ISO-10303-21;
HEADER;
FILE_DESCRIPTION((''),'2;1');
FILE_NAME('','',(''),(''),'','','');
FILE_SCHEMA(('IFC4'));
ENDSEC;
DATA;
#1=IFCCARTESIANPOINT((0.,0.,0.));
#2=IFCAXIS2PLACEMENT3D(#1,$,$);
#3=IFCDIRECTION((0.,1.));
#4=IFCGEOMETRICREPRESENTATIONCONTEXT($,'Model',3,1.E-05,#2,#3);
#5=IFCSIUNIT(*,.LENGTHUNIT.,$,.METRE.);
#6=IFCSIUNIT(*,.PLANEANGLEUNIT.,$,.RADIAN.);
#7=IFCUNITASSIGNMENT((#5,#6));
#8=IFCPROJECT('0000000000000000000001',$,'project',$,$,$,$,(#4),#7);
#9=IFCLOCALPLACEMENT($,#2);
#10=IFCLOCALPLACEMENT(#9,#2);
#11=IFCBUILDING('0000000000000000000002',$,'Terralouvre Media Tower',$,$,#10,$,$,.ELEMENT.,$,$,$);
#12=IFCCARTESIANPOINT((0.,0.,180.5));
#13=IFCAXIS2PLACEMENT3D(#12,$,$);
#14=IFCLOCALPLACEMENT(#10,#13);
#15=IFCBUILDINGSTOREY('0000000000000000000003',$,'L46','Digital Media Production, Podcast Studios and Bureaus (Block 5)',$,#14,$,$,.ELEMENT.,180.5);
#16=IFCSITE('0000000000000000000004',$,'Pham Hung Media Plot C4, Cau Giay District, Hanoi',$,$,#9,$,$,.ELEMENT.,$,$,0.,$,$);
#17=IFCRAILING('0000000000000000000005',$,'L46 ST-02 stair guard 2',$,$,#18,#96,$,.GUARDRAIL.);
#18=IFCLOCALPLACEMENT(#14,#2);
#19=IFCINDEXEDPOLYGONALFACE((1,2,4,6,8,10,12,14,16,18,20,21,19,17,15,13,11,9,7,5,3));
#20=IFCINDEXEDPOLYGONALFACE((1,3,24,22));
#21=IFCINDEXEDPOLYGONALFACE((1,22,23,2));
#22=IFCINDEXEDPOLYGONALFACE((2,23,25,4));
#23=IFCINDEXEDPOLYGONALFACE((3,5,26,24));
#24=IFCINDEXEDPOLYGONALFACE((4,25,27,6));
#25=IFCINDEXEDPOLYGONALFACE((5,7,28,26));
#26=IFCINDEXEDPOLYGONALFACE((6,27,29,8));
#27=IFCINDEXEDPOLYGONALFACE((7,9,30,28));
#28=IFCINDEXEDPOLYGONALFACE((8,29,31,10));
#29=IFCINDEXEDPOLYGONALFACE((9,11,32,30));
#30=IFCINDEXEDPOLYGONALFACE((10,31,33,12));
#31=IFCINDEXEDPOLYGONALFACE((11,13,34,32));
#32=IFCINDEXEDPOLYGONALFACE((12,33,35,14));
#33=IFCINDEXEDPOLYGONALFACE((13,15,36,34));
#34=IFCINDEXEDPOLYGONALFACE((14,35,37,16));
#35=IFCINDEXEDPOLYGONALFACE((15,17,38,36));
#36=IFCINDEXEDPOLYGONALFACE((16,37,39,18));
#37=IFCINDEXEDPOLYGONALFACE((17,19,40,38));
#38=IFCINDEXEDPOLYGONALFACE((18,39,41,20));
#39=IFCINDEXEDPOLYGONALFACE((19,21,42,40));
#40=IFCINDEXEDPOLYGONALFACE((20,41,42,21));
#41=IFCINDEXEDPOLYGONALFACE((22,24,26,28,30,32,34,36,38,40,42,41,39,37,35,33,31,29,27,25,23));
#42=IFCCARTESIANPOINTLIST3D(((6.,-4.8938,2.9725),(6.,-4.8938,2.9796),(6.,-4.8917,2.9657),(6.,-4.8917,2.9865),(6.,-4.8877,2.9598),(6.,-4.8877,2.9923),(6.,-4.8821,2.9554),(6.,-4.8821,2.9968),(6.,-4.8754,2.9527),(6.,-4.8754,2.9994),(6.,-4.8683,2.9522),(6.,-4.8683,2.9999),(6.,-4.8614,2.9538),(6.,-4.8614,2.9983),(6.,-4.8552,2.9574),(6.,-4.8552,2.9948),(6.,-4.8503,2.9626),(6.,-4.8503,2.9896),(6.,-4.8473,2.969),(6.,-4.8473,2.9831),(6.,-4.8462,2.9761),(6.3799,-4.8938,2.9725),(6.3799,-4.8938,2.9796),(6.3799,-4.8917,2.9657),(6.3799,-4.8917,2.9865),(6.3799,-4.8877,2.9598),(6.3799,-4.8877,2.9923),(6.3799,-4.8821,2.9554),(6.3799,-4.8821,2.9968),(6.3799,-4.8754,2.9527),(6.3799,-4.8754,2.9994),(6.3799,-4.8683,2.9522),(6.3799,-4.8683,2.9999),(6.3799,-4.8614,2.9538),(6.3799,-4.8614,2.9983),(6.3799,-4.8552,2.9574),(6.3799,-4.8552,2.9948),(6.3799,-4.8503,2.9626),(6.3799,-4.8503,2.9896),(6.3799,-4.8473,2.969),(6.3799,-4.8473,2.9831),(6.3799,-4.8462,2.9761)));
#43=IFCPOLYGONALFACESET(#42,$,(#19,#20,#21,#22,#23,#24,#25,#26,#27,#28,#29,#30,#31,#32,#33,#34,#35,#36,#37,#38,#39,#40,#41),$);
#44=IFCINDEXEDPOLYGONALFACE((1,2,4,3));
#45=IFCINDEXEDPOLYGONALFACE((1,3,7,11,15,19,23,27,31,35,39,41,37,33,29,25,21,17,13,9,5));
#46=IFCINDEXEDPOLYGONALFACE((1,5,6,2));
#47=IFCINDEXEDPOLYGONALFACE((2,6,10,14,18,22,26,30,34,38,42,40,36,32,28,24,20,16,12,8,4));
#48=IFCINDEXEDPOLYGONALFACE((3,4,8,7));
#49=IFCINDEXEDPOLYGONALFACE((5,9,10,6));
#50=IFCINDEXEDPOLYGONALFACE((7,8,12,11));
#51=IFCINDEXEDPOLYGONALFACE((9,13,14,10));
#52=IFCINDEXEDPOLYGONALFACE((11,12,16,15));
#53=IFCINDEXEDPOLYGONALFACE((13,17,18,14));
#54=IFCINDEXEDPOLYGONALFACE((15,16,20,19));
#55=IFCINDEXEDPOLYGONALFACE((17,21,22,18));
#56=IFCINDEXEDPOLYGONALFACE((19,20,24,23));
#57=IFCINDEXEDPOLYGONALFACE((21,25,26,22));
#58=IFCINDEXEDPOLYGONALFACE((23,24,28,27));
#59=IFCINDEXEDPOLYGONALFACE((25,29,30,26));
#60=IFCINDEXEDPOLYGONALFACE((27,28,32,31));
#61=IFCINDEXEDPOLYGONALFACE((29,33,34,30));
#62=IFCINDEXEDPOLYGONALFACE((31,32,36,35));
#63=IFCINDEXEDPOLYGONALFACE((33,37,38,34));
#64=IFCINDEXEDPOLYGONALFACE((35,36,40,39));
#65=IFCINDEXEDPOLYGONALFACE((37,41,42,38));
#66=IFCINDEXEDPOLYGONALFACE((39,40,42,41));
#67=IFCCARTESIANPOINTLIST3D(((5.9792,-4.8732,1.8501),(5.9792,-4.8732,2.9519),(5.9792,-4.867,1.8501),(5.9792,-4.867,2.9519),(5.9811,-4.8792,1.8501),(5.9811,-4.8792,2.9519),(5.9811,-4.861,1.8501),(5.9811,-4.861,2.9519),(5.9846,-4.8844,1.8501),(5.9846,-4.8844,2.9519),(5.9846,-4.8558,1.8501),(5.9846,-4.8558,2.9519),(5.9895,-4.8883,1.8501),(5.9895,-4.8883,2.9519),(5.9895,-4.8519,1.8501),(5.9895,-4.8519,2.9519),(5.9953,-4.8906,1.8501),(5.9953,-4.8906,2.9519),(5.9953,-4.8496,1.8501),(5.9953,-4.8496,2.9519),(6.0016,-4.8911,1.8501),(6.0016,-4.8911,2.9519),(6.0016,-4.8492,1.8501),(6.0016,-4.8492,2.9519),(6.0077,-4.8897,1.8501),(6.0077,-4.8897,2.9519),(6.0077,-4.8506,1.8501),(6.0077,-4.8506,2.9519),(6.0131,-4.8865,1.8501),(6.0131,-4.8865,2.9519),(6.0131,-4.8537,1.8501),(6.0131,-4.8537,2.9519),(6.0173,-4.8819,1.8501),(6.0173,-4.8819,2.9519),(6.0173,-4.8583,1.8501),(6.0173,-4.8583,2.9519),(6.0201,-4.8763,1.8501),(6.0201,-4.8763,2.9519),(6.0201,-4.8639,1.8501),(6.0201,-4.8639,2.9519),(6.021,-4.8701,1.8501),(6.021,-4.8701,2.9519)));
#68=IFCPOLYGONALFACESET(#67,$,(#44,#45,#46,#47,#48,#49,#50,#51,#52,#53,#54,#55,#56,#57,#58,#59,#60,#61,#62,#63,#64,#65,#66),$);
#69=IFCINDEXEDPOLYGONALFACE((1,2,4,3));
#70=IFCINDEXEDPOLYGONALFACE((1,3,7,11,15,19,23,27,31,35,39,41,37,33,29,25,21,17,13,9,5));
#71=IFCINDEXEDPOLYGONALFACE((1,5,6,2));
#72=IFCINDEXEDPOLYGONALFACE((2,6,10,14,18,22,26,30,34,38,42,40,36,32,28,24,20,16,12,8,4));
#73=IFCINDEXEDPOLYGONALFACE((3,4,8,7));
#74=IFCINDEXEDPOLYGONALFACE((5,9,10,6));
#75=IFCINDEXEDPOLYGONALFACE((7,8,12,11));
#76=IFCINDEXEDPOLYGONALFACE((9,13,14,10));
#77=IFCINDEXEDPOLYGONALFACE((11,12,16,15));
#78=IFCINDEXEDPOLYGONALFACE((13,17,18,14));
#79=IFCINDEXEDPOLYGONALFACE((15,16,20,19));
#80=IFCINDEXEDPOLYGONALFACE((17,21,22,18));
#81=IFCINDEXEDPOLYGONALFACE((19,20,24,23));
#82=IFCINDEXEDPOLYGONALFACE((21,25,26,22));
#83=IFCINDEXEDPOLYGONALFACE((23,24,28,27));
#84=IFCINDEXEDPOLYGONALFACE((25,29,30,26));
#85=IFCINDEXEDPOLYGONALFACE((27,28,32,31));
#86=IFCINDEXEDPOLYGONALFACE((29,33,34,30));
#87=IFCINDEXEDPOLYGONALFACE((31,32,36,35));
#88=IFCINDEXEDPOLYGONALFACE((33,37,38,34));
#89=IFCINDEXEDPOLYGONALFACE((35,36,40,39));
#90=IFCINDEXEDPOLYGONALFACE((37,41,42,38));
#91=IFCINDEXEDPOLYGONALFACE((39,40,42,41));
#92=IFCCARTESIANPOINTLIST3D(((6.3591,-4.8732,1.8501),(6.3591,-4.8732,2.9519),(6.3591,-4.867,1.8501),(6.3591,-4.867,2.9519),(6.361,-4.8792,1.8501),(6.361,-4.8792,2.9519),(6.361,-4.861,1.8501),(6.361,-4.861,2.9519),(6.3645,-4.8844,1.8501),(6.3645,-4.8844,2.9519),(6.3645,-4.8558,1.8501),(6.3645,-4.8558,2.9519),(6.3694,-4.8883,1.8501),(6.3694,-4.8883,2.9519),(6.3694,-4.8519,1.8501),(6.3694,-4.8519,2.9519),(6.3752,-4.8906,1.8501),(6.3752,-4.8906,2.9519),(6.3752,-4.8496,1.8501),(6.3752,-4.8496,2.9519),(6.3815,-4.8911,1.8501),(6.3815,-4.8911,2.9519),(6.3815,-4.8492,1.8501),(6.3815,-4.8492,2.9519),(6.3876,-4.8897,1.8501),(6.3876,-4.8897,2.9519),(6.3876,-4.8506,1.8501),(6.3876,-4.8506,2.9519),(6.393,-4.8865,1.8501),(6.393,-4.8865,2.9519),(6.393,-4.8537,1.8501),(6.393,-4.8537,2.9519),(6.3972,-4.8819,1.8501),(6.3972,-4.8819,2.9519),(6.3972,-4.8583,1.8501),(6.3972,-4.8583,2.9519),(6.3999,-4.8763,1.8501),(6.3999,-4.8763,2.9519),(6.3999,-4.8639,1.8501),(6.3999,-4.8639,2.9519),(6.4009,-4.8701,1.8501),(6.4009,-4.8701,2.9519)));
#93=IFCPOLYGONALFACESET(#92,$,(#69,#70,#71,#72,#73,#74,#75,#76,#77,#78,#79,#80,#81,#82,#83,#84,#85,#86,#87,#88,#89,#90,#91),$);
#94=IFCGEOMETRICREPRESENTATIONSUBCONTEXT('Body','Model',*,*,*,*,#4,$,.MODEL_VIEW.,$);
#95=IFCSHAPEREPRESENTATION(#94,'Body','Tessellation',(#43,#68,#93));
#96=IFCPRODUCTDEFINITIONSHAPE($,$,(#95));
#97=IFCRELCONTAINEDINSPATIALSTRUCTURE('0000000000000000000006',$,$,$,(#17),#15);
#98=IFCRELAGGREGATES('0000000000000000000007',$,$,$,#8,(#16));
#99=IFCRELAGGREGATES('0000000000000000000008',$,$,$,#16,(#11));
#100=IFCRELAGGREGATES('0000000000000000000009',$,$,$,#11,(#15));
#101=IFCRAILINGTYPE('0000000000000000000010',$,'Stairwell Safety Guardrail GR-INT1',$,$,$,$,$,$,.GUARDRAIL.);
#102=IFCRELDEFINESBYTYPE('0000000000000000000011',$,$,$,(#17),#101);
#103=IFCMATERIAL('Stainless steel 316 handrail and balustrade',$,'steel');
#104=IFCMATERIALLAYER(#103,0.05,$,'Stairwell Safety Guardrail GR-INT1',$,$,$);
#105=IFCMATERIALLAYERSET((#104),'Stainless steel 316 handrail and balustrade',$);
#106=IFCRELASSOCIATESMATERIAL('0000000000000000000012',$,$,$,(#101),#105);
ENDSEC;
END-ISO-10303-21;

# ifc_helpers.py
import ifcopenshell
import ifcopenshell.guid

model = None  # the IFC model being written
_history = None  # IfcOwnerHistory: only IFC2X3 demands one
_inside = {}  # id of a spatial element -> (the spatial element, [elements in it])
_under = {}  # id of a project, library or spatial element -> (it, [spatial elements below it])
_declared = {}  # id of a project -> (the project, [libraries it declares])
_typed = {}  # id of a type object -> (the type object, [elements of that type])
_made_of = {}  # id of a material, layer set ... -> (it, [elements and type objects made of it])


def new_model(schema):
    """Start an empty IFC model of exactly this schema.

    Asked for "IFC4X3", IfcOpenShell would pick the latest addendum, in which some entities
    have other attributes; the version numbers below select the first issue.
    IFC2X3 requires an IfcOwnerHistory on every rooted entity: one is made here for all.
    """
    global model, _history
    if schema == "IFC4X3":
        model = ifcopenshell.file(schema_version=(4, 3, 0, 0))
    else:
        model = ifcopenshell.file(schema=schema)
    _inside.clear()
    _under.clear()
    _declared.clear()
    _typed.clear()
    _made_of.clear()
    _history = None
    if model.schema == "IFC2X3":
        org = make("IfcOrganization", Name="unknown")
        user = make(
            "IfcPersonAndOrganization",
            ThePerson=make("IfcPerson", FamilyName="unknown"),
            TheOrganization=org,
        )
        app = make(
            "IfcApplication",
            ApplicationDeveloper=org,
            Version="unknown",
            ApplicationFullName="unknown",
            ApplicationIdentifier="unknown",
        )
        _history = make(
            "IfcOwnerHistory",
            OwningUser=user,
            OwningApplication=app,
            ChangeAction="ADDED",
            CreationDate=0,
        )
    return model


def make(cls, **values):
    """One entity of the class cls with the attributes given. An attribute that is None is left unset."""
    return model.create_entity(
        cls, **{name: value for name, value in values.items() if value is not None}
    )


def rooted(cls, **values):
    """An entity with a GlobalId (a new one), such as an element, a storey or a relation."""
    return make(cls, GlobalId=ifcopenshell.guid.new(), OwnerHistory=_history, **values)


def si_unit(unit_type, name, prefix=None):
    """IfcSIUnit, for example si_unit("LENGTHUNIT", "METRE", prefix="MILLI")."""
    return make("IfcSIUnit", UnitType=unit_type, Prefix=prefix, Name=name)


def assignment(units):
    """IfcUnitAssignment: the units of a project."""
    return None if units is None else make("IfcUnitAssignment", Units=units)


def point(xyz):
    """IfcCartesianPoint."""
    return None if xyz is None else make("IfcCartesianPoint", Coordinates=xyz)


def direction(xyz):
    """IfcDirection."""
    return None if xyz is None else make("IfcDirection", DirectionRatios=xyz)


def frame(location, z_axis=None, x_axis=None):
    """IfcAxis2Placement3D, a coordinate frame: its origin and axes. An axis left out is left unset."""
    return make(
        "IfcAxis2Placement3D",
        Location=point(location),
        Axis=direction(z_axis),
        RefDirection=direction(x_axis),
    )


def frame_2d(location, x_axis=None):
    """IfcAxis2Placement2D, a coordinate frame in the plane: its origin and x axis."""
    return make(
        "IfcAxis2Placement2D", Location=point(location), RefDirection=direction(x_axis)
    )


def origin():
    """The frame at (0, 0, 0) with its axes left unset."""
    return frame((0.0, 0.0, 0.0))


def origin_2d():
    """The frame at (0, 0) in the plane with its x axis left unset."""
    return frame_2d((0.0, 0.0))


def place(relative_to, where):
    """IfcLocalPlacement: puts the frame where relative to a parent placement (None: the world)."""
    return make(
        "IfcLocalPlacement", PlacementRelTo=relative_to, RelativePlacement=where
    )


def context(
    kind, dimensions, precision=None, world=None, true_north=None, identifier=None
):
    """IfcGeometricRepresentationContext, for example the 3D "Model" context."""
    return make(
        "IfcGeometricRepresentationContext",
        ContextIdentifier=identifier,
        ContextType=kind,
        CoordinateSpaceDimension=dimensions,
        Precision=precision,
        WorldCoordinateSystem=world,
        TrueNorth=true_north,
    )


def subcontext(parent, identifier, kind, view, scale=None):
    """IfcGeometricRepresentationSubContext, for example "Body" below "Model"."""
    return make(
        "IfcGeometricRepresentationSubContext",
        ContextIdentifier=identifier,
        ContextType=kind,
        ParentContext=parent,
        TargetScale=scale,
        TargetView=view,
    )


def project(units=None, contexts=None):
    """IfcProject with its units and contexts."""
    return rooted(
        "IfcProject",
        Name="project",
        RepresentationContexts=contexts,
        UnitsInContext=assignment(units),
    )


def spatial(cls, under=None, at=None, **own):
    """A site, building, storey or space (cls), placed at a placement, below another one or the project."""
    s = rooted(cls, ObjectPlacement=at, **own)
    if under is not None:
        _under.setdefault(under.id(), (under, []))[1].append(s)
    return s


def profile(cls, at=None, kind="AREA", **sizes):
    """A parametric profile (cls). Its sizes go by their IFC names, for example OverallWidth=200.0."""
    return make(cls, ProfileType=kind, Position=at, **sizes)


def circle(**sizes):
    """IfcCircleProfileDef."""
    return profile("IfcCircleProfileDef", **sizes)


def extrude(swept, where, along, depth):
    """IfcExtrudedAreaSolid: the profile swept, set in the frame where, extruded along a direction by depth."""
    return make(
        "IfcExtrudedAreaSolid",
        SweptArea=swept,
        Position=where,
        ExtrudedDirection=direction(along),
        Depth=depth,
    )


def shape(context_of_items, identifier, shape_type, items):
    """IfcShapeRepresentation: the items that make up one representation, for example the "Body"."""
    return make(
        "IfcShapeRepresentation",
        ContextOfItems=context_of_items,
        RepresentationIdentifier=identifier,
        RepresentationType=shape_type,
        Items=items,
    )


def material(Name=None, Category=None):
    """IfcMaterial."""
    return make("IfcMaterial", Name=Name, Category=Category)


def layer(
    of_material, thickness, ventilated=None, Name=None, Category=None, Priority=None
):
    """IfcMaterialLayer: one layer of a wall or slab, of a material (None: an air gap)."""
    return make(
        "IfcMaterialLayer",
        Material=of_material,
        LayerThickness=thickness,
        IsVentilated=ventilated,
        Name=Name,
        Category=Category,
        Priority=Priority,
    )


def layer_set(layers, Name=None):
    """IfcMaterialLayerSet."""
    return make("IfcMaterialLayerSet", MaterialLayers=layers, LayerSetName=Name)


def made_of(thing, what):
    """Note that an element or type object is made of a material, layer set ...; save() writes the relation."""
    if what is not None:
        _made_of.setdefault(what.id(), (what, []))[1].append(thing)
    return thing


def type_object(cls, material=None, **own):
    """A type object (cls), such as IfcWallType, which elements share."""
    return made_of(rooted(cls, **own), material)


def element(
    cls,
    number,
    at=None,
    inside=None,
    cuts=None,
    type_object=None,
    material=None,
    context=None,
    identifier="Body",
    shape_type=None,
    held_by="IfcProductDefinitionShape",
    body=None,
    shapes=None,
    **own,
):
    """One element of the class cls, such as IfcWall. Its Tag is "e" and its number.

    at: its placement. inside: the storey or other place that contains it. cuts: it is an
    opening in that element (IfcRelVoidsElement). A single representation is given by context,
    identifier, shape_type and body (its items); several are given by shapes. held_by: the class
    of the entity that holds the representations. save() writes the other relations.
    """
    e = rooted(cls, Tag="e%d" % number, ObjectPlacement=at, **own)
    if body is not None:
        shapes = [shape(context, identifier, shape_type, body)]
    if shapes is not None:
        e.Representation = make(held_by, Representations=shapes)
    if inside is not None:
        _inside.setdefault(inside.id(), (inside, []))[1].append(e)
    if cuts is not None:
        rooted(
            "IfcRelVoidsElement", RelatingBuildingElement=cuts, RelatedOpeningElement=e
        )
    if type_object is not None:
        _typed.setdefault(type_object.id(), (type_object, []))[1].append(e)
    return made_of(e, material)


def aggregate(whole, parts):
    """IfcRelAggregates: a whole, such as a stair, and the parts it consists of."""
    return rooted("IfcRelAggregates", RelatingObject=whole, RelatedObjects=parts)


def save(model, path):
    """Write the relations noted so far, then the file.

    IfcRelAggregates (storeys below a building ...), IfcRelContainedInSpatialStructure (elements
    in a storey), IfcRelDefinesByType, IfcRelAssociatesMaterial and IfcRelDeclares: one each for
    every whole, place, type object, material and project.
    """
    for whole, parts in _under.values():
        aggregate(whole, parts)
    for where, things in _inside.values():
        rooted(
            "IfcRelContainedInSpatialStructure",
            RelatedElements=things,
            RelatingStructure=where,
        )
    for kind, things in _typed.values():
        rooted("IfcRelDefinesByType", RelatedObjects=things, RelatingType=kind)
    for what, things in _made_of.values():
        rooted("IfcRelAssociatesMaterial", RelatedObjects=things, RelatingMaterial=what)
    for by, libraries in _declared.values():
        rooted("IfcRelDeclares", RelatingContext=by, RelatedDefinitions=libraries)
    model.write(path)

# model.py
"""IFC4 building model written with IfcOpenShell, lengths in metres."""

from ifc_helpers import new_model, si_unit, direction, frame, origin, origin_2d, place, context, subcontext, project, spatial, circle, extrude, material, layer, layer_set, type_object, element, save


model = new_model("IFC4")

# Units and contexts
model_context = context("Model", 3, precision=1e-05, world=origin(), true_north=direction((0.0, 1.0)))
body_context = subcontext(model_context, "Body", "Model", "MODEL_VIEW")
ifc_project = project(units=[si_unit("LENGTHUNIT", "METRE"), si_unit("PLANEANGLEUNIT", "RADIAN")], contexts=[model_context])

# Site, building, storey
site_placement = place(None, origin())
site = spatial("IfcSite", under=ifc_project, at=site_placement, Name="Pham Hung Media Plot C4, Cau Giay District, Hanoi", CompositionType="ELEMENT", RefElevation=0.0)
building_placement = place(site_placement, origin())
building = spatial("IfcBuilding", under=site, at=building_placement, Name="Terralouvre Media Tower", CompositionType="ELEMENT")
storey_placement = place(building_placement, frame((0.0, 0.0, 180.5)))
storey = spatial("IfcBuildingStorey", under=building, at=storey_placement, Name="L46", Description="Digital Media Production, Podcast Studios and Bureaus (Block 5)", CompositionType="ELEMENT", Elevation=180.5)

# Railing
ifc_material_1 = material(Name="Stainless steel 316 handrail and balustrade", Category="steel")
ifc_layer_1 = layer(ifc_material_1, 0.05, Name="Stairwell Safety Guardrail GR-INT1")
ifc_layer_set_1 = layer_set([ifc_layer_1], Name="Stainless steel 316 handrail and balustrade")
railing_type_1 = type_object("IfcRailingType", Name="Stairwell Safety Guardrail GR-INT1", PredefinedType="GUARDRAIL", material=ifc_layer_set_1)
railing_1_placement = place(storey_placement, frame((6.0, -4.8701, 1.8501)))
element("IfcRailing", 1, at=railing_1_placement, inside=storey, type_object=railing_type_1, Name="L46 ST-02 stair guard 2", PredefinedType="GUARDRAIL", context=body_context, shape_type="SweptSolid", body=[
    extrude(circle(Radius=0.0239, at=origin_2d()), frame((0.0, 0.0, 1.126), z_axis=(1.0, 0.0, 0.0), x_axis=(0.0, 1.0, 0.0)), (0.0, 0.0, 1.0), 0.3799),
    extrude(circle(Radius=0.021, at=origin_2d()), origin(), (0.0, 0.0, 1.0), 1.1018),
    extrude(circle(Radius=0.021, at=origin_2d()), frame((0.3799, 0.0, 0.0)), (0.0, 0.0, 1.0), 1.1018),
])

save(model, "model.ifc")
